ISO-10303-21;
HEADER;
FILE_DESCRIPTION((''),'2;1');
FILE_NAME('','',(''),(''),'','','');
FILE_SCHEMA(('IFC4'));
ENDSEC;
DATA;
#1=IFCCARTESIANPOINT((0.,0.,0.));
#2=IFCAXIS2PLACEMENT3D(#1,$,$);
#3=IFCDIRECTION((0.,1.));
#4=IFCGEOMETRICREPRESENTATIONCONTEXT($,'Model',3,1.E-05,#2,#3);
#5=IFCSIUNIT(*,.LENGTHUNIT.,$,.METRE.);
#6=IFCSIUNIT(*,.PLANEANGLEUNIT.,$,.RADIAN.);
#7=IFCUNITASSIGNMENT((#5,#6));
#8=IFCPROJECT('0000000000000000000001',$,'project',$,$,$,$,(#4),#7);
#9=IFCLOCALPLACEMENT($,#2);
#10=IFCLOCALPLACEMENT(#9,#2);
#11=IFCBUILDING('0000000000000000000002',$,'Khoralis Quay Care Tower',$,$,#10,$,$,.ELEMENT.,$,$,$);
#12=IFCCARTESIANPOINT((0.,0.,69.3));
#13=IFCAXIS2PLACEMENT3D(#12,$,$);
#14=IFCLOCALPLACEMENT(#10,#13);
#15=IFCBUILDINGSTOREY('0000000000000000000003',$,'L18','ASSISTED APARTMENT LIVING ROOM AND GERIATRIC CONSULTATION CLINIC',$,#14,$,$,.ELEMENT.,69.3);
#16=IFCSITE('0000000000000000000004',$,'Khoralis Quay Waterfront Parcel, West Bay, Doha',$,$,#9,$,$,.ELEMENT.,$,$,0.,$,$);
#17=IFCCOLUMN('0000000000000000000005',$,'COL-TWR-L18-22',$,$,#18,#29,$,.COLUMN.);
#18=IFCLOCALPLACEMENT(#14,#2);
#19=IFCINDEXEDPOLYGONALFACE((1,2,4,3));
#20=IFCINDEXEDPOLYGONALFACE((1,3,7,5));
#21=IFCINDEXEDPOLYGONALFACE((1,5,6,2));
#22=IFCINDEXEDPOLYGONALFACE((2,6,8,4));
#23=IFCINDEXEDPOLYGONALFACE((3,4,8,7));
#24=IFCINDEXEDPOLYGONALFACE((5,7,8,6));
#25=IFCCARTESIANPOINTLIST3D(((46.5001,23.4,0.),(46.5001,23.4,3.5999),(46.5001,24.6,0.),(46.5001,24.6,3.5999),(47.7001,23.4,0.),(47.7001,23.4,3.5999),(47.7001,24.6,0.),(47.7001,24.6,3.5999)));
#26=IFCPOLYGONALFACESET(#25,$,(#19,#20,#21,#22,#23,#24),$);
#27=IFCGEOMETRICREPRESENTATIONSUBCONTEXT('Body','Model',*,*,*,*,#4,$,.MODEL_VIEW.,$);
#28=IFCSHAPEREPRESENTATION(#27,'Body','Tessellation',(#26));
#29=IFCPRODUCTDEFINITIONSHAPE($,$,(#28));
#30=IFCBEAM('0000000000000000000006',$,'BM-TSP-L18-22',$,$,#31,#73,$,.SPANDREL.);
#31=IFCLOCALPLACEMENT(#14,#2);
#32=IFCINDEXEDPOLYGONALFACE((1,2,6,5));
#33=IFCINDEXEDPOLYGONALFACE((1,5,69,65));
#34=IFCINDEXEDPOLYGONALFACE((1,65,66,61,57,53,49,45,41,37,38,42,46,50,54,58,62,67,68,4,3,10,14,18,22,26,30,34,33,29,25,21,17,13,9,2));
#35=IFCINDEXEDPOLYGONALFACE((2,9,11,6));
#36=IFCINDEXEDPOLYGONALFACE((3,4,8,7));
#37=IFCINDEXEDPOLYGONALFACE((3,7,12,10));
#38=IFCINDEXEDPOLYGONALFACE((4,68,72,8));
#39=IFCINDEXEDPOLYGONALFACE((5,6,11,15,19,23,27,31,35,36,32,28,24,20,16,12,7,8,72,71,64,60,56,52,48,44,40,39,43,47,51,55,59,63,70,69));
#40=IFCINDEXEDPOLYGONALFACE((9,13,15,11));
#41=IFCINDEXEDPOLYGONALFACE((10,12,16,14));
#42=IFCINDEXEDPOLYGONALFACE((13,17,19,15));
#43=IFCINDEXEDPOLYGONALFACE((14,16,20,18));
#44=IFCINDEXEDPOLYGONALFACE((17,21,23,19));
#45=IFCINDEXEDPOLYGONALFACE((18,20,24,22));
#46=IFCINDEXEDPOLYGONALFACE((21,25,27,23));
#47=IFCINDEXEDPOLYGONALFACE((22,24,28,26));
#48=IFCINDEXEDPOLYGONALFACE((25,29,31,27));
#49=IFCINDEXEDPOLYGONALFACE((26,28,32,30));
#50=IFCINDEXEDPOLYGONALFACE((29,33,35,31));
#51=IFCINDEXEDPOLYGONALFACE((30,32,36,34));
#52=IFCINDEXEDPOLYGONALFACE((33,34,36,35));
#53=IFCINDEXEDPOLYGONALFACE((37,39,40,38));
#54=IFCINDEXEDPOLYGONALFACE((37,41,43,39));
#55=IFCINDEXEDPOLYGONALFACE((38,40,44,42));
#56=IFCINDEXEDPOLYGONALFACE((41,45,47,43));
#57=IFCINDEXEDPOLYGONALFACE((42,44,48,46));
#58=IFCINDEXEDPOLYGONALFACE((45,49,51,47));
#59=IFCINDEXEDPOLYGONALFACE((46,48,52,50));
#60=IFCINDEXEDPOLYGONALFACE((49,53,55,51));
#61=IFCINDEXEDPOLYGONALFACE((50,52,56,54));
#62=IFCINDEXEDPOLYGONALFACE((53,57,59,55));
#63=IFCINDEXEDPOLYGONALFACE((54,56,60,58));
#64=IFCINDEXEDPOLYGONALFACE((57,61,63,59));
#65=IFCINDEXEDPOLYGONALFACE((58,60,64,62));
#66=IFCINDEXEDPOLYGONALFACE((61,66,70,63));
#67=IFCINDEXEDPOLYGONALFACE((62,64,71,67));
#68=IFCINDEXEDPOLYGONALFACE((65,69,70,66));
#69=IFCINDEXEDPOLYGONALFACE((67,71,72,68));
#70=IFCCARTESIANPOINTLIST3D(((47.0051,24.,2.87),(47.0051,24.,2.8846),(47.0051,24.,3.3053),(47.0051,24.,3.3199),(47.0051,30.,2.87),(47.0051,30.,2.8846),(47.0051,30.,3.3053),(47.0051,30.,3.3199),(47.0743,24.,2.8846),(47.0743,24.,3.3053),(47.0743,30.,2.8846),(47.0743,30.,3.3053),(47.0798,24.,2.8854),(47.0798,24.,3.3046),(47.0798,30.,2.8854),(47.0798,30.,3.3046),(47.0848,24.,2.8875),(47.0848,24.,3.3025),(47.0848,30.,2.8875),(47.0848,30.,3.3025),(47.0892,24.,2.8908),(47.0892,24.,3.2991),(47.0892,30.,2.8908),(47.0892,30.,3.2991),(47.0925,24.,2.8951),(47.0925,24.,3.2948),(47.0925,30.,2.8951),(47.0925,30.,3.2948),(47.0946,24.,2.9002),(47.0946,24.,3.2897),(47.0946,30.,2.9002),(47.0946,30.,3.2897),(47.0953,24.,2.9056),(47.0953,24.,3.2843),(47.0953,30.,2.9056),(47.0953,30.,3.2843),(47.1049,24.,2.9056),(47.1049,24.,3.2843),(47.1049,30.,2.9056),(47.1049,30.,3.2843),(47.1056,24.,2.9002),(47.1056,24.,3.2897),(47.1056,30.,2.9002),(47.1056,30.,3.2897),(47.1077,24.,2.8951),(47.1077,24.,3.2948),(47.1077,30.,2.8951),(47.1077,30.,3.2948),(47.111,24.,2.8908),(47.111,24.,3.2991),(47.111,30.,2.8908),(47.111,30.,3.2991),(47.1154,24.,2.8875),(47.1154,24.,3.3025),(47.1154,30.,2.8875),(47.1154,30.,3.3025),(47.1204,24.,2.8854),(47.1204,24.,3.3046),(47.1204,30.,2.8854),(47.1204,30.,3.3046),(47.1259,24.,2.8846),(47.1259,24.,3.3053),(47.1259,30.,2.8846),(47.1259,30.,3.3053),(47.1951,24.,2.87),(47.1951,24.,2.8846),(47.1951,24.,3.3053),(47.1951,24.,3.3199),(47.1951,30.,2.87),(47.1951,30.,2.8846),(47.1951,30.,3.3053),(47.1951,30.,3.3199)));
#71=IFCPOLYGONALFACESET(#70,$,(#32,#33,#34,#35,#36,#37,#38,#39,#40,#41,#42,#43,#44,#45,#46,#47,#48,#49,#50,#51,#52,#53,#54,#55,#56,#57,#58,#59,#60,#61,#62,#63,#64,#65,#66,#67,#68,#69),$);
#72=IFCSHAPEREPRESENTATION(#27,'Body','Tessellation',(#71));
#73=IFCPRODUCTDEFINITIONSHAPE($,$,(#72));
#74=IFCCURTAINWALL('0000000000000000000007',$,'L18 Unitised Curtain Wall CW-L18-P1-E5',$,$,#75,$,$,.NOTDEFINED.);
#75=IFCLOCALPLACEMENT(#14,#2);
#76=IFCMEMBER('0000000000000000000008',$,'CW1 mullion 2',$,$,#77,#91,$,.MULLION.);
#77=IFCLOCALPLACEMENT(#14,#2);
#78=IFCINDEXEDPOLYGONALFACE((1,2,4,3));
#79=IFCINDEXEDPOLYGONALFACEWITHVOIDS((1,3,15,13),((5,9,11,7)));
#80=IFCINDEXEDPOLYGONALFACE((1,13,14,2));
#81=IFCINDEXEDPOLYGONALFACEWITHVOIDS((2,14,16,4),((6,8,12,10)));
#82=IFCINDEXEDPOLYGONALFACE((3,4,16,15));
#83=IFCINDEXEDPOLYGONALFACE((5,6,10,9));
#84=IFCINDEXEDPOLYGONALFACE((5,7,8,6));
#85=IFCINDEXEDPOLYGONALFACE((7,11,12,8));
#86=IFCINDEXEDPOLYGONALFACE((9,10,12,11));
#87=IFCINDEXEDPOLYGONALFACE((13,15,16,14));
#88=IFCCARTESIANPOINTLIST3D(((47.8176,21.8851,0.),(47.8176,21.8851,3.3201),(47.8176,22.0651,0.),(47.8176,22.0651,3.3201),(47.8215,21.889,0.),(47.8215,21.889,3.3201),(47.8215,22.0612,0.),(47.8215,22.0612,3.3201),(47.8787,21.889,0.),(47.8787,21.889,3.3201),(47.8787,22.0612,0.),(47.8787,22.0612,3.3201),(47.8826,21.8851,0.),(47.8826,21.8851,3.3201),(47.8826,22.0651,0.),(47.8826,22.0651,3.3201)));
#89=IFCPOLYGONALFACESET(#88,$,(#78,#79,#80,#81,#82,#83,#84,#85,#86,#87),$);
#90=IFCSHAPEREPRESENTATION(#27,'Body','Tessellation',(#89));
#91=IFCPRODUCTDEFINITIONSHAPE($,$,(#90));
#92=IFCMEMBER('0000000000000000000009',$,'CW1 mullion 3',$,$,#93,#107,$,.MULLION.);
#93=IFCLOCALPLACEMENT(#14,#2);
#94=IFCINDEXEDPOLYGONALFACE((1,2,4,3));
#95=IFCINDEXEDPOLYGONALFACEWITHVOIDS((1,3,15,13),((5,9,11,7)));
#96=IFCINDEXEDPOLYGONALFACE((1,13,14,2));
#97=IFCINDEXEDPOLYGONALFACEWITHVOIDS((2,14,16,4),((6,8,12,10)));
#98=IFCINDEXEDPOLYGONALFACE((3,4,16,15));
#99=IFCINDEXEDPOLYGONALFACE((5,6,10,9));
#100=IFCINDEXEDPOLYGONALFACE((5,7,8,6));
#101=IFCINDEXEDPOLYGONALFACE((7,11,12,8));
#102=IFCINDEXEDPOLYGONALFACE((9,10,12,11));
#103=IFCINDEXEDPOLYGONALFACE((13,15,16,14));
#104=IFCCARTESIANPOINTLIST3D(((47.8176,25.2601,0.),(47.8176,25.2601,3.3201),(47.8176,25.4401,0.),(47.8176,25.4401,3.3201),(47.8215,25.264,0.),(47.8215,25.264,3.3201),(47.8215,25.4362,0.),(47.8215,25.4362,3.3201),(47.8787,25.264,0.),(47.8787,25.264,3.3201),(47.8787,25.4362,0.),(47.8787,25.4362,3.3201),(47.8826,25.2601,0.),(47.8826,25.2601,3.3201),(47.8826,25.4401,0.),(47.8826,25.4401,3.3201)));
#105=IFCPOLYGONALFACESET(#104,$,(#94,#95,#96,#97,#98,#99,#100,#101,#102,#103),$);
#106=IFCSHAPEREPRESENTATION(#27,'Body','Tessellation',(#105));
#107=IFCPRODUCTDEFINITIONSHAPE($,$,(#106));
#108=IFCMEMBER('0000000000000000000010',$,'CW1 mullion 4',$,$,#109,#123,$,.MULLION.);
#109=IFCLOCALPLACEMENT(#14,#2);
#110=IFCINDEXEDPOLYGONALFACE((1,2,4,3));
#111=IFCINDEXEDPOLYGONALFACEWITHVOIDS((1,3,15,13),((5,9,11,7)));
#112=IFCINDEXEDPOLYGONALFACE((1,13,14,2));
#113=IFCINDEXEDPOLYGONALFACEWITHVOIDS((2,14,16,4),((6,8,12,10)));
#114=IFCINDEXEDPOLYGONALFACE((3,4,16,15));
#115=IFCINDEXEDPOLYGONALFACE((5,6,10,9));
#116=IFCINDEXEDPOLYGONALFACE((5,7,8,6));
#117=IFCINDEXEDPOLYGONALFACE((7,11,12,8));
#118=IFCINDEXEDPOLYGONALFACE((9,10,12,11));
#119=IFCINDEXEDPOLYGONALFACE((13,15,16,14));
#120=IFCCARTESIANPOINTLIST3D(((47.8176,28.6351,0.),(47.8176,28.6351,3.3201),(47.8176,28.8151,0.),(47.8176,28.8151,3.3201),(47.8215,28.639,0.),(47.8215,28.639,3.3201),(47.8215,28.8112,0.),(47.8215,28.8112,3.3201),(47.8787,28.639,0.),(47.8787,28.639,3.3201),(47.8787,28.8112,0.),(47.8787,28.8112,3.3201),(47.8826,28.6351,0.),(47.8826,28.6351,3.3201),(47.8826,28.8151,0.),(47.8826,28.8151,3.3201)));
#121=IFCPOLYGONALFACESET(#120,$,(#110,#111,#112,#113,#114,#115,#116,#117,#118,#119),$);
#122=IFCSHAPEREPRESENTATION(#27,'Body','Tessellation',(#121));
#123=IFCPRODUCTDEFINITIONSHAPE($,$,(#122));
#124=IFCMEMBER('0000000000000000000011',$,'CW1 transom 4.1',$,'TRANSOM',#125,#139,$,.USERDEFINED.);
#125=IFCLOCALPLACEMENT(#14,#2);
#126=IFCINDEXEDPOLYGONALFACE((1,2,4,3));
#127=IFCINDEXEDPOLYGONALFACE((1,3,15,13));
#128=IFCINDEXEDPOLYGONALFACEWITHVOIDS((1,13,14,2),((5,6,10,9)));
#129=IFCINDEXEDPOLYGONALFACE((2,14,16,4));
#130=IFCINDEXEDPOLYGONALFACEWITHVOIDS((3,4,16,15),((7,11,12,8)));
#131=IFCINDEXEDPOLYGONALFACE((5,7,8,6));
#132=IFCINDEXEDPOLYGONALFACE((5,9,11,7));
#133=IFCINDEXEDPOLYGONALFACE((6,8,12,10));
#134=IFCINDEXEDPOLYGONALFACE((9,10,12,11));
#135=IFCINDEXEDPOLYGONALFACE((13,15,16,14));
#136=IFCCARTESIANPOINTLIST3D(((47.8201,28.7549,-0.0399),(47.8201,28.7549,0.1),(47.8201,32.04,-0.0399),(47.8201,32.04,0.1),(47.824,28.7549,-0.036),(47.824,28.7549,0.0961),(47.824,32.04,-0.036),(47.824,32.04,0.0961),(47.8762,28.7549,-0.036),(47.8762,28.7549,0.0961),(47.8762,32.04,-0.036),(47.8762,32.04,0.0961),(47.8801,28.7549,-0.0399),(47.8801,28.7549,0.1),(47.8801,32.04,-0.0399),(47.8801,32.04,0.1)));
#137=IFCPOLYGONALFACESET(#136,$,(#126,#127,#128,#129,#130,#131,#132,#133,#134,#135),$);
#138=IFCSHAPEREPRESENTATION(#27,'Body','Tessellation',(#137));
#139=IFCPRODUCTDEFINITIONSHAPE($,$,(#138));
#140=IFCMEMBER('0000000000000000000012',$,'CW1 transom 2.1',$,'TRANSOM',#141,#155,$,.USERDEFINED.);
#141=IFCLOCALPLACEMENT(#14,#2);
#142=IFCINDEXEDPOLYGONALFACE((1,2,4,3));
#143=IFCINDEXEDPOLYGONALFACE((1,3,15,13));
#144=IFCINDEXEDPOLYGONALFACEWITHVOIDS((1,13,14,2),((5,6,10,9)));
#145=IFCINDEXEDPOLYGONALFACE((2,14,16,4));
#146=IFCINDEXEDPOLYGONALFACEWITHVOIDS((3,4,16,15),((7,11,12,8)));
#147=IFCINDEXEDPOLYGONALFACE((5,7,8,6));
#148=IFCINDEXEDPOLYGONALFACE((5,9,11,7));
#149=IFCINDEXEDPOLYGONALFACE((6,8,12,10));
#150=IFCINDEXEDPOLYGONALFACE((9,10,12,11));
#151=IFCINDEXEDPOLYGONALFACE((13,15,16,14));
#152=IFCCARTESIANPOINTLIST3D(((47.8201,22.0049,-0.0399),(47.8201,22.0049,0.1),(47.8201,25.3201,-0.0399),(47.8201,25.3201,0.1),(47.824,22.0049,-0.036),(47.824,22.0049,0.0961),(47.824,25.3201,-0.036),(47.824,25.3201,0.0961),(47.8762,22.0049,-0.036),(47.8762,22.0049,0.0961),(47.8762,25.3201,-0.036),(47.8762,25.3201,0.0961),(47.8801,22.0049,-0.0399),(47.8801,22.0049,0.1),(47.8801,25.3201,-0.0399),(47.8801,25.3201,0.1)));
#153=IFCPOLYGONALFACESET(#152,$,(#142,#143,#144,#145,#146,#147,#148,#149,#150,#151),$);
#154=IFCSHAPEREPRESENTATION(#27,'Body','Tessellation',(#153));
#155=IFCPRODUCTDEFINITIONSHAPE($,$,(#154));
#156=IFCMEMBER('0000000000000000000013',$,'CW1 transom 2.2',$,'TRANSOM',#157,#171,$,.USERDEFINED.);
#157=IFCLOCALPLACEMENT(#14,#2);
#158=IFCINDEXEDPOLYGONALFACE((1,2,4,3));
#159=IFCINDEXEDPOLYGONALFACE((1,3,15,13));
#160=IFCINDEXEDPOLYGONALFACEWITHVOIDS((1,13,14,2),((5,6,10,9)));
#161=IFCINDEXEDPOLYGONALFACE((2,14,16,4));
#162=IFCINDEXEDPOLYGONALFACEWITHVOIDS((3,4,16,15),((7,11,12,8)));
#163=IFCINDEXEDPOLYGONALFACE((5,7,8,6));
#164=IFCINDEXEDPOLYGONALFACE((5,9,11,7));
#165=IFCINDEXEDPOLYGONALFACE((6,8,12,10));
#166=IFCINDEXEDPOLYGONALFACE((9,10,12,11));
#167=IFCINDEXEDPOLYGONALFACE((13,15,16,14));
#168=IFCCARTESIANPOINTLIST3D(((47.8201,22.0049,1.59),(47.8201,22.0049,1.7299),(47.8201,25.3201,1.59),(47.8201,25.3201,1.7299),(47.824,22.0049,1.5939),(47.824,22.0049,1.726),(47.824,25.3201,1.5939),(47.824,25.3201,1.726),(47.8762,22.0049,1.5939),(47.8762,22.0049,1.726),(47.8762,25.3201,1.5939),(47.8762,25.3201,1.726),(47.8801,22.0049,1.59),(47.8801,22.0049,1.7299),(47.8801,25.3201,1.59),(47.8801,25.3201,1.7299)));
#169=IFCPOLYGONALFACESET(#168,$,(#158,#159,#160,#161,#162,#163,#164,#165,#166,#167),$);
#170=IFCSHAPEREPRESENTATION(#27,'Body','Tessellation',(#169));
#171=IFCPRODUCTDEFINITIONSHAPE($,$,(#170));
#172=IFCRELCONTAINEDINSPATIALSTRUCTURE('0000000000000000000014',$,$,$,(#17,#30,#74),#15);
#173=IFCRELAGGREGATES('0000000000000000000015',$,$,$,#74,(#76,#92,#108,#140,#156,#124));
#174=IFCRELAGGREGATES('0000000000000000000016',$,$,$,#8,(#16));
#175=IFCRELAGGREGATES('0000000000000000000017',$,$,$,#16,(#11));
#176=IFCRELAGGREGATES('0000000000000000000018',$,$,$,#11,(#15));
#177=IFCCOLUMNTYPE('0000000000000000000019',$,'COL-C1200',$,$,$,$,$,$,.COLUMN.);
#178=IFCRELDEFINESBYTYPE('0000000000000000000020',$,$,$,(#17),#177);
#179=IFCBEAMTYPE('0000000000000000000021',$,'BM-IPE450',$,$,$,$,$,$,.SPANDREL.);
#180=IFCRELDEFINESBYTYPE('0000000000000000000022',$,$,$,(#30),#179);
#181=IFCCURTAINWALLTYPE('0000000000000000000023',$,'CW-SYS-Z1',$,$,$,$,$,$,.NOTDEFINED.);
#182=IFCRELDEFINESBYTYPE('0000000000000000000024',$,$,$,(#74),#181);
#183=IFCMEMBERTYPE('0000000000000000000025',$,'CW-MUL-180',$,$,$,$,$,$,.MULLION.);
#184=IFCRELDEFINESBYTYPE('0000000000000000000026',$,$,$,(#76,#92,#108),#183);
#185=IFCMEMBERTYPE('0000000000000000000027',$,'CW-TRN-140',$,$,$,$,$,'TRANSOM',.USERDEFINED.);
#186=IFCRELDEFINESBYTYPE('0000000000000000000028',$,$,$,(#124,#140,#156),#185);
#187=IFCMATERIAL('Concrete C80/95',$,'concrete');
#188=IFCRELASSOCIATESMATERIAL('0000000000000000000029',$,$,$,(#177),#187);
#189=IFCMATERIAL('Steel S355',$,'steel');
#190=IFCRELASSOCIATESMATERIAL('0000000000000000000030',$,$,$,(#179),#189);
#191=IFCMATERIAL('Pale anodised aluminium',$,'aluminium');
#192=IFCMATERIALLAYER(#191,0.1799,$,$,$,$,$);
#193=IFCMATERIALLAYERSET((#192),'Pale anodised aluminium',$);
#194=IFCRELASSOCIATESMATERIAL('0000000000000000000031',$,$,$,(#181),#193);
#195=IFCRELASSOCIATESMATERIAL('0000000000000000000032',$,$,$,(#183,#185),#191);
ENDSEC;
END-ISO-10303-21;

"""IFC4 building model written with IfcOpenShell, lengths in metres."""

from ifc_helpers import new_model, si_unit, direction, frame, origin, origin_2d, place, context, subcontext, project, spatial, rectangle, hollow_rectangle, i_section, extrude, source, transform, mapped, material, layer, layer_set, material_profile, profile_set, type_object, element, aggregate, save


model = new_model("IFC4")

# Units and contexts
model_context = context("Model", 3, precision=1e-05, world=origin(), true_north=direction((0.0, 1.0)))
body_context = subcontext(model_context, "Body", "Model", "MODEL_VIEW")
ifc_project = project(units=[si_unit("LENGTHUNIT", "METRE"), si_unit("PLANEANGLEUNIT", "RADIAN")], contexts=[model_context])

# Site, building, storey
site_placement = place(None, origin())
site = spatial("IfcSite", under=ifc_project, at=site_placement, Name="Khoralis Quay Waterfront Parcel, West Bay, Doha", CompositionType="ELEMENT", RefElevation=0.0)
building_placement = place(site_placement, origin())
building = spatial("IfcBuilding", under=site, at=building_placement, Name="Khoralis Quay Care Tower", CompositionType="ELEMENT")
storey_placement = place(building_placement, frame((0.0, 0.0, 69.3)))
storey = spatial("IfcBuildingStorey", under=building, at=storey_placement, Name="L18", Description="ASSISTED APARTMENT LIVING ROOM AND GERIATRIC CONSULTATION CLINIC", CompositionType="ELEMENT", Elevation=69.3)

# Column
ifc_material_1 = material(Name="Concrete C80/95", Category="concrete")
ifc_material_profile_1 = material_profile(ifc_material_1, rectangle(XDim=1.2, YDim=1.2, at=origin_2d()), Name="Concrete C80/95")
ifc_profile_set_1 = profile_set([ifc_material_profile_1], Name="Concrete C80/95")
column_type = type_object("IfcColumnType", Name="COL-C1200", PredefinedType="COLUMN", material=ifc_profile_set_1)
shared_shape_1 = source(origin(), body_context, "Body", "SweptSolid", [
    extrude(rectangle(XDim=1.2, YDim=1.2, at=origin_2d()), origin(), (0.0, 0.0, 1.0), 3.5999),
])
column_placement = place(storey_placement, frame((47.1001, 24.0, 0.0), z_axis=(0.0, 0.0, 1.0), x_axis=(1.0, 0.0, 0.0)))
element("IfcColumn", 1, at=column_placement, inside=storey, type_object=column_type, Name="COL-TWR-L18-22", PredefinedType="COLUMN", context=body_context, shape_type="MappedRepresentation", body=[
    mapped(shared_shape_1, transform((0.0, 0.0, 0.0), scale=1.0)),
])

# Beam
ifc_material_2 = material(Name="Steel S355", Category="steel")
ifc_material_profile_2 = material_profile(ifc_material_2, i_section(OverallWidth=0.1899, OverallDepth=0.45, WebThickness=0.0095, FlangeThickness=0.0146, FilletRadius=0.021, at=origin_2d()), Name="Steel S355")
ifc_profile_set_2 = profile_set([ifc_material_profile_2], Name="Steel S355")
beam_type = type_object("IfcBeamType", Name="BM-IPE450", PredefinedType="SPANDREL", material=ifc_profile_set_2)
shared_shape_2 = source(origin(), body_context, "Body", "SweptSolid", [
    extrude(i_section(OverallWidth=0.1899, OverallDepth=0.45, WebThickness=0.0095, FlangeThickness=0.0146, FilletRadius=0.021, at=origin_2d()), origin(), (0.0, 0.0, 1.0), 6.0),
])
beam_placement = place(storey_placement, frame((47.1001, 24.0, 3.095), z_axis=(0.0, 1.0, 0.0), x_axis=(-1.0, 0.0, 0.0)))
element("IfcBeam", 2, at=beam_placement, inside=storey, type_object=beam_type, Name="BM-TSP-L18-22", PredefinedType="SPANDREL", context=body_context, shape_type="MappedRepresentation", body=[
    mapped(shared_shape_2, transform((0.0, 0.0, 0.0), scale=1.0)),
])

# Curtain wall, members
ifc_material_3 = material(Name="Pale anodised aluminium", Category="aluminium")
ifc_layer_1 = layer(ifc_material_3, 0.1799)
ifc_layer_set_1 = layer_set([ifc_layer_1], Name="Pale anodised aluminium")
curtain_wall_type = type_object("IfcCurtainWallType", Name="CW-SYS-Z1", PredefinedType="NOTDEFINED", material=ifc_layer_set_1)
curtain_wall_placement = place(storey_placement, origin())
curtain_wall = element("IfcCurtainWall", 3, at=curtain_wall_placement, inside=storey, type_object=curtain_wall_type, Name="L18 Unitised Curtain Wall CW-L18-P1-E5", PredefinedType="NOTDEFINED")
ifc_material_profile_3 = material_profile(ifc_material_3, hollow_rectangle(XDim=0.0649, YDim=0.1799, WallThickness=0.0039, at=origin_2d()), Name="Pale anodised aluminium")
ifc_profile_set_3 = profile_set([ifc_material_profile_3], Name="Pale anodised aluminium")
member_type_1 = type_object("IfcMemberType", Name="CW-MUL-180", PredefinedType="MULLION", material=ifc_profile_set_3)
shared_shape_3 = source(origin(), body_context, "Body", "SweptSolid", [
    extrude(hollow_rectangle(XDim=0.0649, YDim=0.1799, WallThickness=0.0039, at=origin_2d()), origin(), (0.0, 0.0, 1.0), 3.3201),
])
member_1_placement = place(storey_placement, frame((47.8501, 21.9751, 0.0), z_axis=(0.0, 0.0, 1.0), x_axis=(-1.0, 0.0, 0.0)))
member_1 = element("IfcMember", 4, at=member_1_placement, type_object=member_type_1, Name="CW1 mullion 2", PredefinedType="MULLION", context=body_context, shape_type="MappedRepresentation", body=[
    mapped(shared_shape_3, transform((0.0, 0.0, 0.0), scale=1.0)),
])
member_2_placement = place(storey_placement, frame((47.8501, 25.3501, 0.0), z_axis=(0.0, 0.0, 1.0), x_axis=(-1.0, 0.0, 0.0)))
member_2 = element("IfcMember", 5, at=member_2_placement, type_object=member_type_1, Name="CW1 mullion 3", PredefinedType="MULLION", context=body_context, shape_type="MappedRepresentation", body=[
    mapped(shared_shape_3, transform((0.0, 0.0, 0.0), scale=1.0)),
])
member_3_placement = place(storey_placement, frame((47.8501, 28.7251, 0.0), z_axis=(0.0, 0.0, 1.0), x_axis=(-1.0, 0.0, 0.0)))
member_3 = element("IfcMember", 6, at=member_3_placement, type_object=member_type_1, Name="CW1 mullion 4", PredefinedType="MULLION", context=body_context, shape_type="MappedRepresentation", body=[
    mapped(shared_shape_3, transform((0.0, 0.0, 0.0), scale=1.0)),
])
ifc_material_profile_4 = material_profile(ifc_material_3, hollow_rectangle(XDim=0.0601, YDim=0.1399, WallThickness=0.0039, at=origin_2d()), Name="Pale anodised aluminium")
ifc_profile_set_4 = profile_set([ifc_material_profile_4], Name="Pale anodised aluminium")
member_type_2 = type_object("IfcMemberType", Name="CW-TRN-140", ElementType="TRANSOM", PredefinedType="USERDEFINED", material=ifc_profile_set_4)
shared_shape_4 = source(origin(), body_context, "Body", "SweptSolid", [
    extrude(hollow_rectangle(XDim=0.0601, YDim=0.1399, WallThickness=0.0039, at=origin_2d()), origin(), (0.0, 0.0, 1.0), 3.2852),
])
member_4_placement = place(storey_placement, frame((47.8501, 28.7549, 0.03), z_axis=(0.0, 1.0, 0.0), x_axis=(-1.0, 0.0, 0.0)))
member_4 = element("IfcMember", 7, at=member_4_placement, type_object=member_type_2, Name="CW1 transom 4.1", ObjectType="TRANSOM", PredefinedType="USERDEFINED", context=body_context, shape_type="MappedRepresentation", body=[
    mapped(shared_shape_4, transform((0.0, 0.0, 0.0), scale=1.0)),
])
shared_shape_5 = source(origin(), body_context, "Body", "SweptSolid", [
    extrude(hollow_rectangle(XDim=0.0601, YDim=0.1399, WallThickness=0.0039, at=origin_2d()), origin(), (0.0, 0.0, 1.0), 3.3152),
])
member_5_placement = place(storey_placement, frame((47.8501, 22.0049, 0.03), z_axis=(0.0, 1.0, 0.0), x_axis=(-1.0, 0.0, 0.0)))
member_5 = element("IfcMember", 8, at=member_5_placement, type_object=member_type_2, Name="CW1 transom 2.1", ObjectType="TRANSOM", PredefinedType="USERDEFINED", context=body_context, shape_type="MappedRepresentation", body=[
    mapped(shared_shape_5, transform((0.0, 0.0, 0.0), scale=1.0)),
])
member_6_placement = place(storey_placement, frame((47.8501, 22.0049, 1.6599), z_axis=(0.0, 1.0, 0.0), x_axis=(-1.0, 0.0, 0.0)))
member_6 = element("IfcMember", 9, at=member_6_placement, type_object=member_type_2, Name="CW1 transom 2.2", ObjectType="TRANSOM", PredefinedType="USERDEFINED", context=body_context, shape_type="MappedRepresentation", body=[
    mapped(shared_shape_5, transform((0.0, 0.0, 0.0), scale=1.0)),
])
aggregate(curtain_wall, [member_1, member_2, member_3, member_5, member_6, member_4])

save(model, "model.ifc")
